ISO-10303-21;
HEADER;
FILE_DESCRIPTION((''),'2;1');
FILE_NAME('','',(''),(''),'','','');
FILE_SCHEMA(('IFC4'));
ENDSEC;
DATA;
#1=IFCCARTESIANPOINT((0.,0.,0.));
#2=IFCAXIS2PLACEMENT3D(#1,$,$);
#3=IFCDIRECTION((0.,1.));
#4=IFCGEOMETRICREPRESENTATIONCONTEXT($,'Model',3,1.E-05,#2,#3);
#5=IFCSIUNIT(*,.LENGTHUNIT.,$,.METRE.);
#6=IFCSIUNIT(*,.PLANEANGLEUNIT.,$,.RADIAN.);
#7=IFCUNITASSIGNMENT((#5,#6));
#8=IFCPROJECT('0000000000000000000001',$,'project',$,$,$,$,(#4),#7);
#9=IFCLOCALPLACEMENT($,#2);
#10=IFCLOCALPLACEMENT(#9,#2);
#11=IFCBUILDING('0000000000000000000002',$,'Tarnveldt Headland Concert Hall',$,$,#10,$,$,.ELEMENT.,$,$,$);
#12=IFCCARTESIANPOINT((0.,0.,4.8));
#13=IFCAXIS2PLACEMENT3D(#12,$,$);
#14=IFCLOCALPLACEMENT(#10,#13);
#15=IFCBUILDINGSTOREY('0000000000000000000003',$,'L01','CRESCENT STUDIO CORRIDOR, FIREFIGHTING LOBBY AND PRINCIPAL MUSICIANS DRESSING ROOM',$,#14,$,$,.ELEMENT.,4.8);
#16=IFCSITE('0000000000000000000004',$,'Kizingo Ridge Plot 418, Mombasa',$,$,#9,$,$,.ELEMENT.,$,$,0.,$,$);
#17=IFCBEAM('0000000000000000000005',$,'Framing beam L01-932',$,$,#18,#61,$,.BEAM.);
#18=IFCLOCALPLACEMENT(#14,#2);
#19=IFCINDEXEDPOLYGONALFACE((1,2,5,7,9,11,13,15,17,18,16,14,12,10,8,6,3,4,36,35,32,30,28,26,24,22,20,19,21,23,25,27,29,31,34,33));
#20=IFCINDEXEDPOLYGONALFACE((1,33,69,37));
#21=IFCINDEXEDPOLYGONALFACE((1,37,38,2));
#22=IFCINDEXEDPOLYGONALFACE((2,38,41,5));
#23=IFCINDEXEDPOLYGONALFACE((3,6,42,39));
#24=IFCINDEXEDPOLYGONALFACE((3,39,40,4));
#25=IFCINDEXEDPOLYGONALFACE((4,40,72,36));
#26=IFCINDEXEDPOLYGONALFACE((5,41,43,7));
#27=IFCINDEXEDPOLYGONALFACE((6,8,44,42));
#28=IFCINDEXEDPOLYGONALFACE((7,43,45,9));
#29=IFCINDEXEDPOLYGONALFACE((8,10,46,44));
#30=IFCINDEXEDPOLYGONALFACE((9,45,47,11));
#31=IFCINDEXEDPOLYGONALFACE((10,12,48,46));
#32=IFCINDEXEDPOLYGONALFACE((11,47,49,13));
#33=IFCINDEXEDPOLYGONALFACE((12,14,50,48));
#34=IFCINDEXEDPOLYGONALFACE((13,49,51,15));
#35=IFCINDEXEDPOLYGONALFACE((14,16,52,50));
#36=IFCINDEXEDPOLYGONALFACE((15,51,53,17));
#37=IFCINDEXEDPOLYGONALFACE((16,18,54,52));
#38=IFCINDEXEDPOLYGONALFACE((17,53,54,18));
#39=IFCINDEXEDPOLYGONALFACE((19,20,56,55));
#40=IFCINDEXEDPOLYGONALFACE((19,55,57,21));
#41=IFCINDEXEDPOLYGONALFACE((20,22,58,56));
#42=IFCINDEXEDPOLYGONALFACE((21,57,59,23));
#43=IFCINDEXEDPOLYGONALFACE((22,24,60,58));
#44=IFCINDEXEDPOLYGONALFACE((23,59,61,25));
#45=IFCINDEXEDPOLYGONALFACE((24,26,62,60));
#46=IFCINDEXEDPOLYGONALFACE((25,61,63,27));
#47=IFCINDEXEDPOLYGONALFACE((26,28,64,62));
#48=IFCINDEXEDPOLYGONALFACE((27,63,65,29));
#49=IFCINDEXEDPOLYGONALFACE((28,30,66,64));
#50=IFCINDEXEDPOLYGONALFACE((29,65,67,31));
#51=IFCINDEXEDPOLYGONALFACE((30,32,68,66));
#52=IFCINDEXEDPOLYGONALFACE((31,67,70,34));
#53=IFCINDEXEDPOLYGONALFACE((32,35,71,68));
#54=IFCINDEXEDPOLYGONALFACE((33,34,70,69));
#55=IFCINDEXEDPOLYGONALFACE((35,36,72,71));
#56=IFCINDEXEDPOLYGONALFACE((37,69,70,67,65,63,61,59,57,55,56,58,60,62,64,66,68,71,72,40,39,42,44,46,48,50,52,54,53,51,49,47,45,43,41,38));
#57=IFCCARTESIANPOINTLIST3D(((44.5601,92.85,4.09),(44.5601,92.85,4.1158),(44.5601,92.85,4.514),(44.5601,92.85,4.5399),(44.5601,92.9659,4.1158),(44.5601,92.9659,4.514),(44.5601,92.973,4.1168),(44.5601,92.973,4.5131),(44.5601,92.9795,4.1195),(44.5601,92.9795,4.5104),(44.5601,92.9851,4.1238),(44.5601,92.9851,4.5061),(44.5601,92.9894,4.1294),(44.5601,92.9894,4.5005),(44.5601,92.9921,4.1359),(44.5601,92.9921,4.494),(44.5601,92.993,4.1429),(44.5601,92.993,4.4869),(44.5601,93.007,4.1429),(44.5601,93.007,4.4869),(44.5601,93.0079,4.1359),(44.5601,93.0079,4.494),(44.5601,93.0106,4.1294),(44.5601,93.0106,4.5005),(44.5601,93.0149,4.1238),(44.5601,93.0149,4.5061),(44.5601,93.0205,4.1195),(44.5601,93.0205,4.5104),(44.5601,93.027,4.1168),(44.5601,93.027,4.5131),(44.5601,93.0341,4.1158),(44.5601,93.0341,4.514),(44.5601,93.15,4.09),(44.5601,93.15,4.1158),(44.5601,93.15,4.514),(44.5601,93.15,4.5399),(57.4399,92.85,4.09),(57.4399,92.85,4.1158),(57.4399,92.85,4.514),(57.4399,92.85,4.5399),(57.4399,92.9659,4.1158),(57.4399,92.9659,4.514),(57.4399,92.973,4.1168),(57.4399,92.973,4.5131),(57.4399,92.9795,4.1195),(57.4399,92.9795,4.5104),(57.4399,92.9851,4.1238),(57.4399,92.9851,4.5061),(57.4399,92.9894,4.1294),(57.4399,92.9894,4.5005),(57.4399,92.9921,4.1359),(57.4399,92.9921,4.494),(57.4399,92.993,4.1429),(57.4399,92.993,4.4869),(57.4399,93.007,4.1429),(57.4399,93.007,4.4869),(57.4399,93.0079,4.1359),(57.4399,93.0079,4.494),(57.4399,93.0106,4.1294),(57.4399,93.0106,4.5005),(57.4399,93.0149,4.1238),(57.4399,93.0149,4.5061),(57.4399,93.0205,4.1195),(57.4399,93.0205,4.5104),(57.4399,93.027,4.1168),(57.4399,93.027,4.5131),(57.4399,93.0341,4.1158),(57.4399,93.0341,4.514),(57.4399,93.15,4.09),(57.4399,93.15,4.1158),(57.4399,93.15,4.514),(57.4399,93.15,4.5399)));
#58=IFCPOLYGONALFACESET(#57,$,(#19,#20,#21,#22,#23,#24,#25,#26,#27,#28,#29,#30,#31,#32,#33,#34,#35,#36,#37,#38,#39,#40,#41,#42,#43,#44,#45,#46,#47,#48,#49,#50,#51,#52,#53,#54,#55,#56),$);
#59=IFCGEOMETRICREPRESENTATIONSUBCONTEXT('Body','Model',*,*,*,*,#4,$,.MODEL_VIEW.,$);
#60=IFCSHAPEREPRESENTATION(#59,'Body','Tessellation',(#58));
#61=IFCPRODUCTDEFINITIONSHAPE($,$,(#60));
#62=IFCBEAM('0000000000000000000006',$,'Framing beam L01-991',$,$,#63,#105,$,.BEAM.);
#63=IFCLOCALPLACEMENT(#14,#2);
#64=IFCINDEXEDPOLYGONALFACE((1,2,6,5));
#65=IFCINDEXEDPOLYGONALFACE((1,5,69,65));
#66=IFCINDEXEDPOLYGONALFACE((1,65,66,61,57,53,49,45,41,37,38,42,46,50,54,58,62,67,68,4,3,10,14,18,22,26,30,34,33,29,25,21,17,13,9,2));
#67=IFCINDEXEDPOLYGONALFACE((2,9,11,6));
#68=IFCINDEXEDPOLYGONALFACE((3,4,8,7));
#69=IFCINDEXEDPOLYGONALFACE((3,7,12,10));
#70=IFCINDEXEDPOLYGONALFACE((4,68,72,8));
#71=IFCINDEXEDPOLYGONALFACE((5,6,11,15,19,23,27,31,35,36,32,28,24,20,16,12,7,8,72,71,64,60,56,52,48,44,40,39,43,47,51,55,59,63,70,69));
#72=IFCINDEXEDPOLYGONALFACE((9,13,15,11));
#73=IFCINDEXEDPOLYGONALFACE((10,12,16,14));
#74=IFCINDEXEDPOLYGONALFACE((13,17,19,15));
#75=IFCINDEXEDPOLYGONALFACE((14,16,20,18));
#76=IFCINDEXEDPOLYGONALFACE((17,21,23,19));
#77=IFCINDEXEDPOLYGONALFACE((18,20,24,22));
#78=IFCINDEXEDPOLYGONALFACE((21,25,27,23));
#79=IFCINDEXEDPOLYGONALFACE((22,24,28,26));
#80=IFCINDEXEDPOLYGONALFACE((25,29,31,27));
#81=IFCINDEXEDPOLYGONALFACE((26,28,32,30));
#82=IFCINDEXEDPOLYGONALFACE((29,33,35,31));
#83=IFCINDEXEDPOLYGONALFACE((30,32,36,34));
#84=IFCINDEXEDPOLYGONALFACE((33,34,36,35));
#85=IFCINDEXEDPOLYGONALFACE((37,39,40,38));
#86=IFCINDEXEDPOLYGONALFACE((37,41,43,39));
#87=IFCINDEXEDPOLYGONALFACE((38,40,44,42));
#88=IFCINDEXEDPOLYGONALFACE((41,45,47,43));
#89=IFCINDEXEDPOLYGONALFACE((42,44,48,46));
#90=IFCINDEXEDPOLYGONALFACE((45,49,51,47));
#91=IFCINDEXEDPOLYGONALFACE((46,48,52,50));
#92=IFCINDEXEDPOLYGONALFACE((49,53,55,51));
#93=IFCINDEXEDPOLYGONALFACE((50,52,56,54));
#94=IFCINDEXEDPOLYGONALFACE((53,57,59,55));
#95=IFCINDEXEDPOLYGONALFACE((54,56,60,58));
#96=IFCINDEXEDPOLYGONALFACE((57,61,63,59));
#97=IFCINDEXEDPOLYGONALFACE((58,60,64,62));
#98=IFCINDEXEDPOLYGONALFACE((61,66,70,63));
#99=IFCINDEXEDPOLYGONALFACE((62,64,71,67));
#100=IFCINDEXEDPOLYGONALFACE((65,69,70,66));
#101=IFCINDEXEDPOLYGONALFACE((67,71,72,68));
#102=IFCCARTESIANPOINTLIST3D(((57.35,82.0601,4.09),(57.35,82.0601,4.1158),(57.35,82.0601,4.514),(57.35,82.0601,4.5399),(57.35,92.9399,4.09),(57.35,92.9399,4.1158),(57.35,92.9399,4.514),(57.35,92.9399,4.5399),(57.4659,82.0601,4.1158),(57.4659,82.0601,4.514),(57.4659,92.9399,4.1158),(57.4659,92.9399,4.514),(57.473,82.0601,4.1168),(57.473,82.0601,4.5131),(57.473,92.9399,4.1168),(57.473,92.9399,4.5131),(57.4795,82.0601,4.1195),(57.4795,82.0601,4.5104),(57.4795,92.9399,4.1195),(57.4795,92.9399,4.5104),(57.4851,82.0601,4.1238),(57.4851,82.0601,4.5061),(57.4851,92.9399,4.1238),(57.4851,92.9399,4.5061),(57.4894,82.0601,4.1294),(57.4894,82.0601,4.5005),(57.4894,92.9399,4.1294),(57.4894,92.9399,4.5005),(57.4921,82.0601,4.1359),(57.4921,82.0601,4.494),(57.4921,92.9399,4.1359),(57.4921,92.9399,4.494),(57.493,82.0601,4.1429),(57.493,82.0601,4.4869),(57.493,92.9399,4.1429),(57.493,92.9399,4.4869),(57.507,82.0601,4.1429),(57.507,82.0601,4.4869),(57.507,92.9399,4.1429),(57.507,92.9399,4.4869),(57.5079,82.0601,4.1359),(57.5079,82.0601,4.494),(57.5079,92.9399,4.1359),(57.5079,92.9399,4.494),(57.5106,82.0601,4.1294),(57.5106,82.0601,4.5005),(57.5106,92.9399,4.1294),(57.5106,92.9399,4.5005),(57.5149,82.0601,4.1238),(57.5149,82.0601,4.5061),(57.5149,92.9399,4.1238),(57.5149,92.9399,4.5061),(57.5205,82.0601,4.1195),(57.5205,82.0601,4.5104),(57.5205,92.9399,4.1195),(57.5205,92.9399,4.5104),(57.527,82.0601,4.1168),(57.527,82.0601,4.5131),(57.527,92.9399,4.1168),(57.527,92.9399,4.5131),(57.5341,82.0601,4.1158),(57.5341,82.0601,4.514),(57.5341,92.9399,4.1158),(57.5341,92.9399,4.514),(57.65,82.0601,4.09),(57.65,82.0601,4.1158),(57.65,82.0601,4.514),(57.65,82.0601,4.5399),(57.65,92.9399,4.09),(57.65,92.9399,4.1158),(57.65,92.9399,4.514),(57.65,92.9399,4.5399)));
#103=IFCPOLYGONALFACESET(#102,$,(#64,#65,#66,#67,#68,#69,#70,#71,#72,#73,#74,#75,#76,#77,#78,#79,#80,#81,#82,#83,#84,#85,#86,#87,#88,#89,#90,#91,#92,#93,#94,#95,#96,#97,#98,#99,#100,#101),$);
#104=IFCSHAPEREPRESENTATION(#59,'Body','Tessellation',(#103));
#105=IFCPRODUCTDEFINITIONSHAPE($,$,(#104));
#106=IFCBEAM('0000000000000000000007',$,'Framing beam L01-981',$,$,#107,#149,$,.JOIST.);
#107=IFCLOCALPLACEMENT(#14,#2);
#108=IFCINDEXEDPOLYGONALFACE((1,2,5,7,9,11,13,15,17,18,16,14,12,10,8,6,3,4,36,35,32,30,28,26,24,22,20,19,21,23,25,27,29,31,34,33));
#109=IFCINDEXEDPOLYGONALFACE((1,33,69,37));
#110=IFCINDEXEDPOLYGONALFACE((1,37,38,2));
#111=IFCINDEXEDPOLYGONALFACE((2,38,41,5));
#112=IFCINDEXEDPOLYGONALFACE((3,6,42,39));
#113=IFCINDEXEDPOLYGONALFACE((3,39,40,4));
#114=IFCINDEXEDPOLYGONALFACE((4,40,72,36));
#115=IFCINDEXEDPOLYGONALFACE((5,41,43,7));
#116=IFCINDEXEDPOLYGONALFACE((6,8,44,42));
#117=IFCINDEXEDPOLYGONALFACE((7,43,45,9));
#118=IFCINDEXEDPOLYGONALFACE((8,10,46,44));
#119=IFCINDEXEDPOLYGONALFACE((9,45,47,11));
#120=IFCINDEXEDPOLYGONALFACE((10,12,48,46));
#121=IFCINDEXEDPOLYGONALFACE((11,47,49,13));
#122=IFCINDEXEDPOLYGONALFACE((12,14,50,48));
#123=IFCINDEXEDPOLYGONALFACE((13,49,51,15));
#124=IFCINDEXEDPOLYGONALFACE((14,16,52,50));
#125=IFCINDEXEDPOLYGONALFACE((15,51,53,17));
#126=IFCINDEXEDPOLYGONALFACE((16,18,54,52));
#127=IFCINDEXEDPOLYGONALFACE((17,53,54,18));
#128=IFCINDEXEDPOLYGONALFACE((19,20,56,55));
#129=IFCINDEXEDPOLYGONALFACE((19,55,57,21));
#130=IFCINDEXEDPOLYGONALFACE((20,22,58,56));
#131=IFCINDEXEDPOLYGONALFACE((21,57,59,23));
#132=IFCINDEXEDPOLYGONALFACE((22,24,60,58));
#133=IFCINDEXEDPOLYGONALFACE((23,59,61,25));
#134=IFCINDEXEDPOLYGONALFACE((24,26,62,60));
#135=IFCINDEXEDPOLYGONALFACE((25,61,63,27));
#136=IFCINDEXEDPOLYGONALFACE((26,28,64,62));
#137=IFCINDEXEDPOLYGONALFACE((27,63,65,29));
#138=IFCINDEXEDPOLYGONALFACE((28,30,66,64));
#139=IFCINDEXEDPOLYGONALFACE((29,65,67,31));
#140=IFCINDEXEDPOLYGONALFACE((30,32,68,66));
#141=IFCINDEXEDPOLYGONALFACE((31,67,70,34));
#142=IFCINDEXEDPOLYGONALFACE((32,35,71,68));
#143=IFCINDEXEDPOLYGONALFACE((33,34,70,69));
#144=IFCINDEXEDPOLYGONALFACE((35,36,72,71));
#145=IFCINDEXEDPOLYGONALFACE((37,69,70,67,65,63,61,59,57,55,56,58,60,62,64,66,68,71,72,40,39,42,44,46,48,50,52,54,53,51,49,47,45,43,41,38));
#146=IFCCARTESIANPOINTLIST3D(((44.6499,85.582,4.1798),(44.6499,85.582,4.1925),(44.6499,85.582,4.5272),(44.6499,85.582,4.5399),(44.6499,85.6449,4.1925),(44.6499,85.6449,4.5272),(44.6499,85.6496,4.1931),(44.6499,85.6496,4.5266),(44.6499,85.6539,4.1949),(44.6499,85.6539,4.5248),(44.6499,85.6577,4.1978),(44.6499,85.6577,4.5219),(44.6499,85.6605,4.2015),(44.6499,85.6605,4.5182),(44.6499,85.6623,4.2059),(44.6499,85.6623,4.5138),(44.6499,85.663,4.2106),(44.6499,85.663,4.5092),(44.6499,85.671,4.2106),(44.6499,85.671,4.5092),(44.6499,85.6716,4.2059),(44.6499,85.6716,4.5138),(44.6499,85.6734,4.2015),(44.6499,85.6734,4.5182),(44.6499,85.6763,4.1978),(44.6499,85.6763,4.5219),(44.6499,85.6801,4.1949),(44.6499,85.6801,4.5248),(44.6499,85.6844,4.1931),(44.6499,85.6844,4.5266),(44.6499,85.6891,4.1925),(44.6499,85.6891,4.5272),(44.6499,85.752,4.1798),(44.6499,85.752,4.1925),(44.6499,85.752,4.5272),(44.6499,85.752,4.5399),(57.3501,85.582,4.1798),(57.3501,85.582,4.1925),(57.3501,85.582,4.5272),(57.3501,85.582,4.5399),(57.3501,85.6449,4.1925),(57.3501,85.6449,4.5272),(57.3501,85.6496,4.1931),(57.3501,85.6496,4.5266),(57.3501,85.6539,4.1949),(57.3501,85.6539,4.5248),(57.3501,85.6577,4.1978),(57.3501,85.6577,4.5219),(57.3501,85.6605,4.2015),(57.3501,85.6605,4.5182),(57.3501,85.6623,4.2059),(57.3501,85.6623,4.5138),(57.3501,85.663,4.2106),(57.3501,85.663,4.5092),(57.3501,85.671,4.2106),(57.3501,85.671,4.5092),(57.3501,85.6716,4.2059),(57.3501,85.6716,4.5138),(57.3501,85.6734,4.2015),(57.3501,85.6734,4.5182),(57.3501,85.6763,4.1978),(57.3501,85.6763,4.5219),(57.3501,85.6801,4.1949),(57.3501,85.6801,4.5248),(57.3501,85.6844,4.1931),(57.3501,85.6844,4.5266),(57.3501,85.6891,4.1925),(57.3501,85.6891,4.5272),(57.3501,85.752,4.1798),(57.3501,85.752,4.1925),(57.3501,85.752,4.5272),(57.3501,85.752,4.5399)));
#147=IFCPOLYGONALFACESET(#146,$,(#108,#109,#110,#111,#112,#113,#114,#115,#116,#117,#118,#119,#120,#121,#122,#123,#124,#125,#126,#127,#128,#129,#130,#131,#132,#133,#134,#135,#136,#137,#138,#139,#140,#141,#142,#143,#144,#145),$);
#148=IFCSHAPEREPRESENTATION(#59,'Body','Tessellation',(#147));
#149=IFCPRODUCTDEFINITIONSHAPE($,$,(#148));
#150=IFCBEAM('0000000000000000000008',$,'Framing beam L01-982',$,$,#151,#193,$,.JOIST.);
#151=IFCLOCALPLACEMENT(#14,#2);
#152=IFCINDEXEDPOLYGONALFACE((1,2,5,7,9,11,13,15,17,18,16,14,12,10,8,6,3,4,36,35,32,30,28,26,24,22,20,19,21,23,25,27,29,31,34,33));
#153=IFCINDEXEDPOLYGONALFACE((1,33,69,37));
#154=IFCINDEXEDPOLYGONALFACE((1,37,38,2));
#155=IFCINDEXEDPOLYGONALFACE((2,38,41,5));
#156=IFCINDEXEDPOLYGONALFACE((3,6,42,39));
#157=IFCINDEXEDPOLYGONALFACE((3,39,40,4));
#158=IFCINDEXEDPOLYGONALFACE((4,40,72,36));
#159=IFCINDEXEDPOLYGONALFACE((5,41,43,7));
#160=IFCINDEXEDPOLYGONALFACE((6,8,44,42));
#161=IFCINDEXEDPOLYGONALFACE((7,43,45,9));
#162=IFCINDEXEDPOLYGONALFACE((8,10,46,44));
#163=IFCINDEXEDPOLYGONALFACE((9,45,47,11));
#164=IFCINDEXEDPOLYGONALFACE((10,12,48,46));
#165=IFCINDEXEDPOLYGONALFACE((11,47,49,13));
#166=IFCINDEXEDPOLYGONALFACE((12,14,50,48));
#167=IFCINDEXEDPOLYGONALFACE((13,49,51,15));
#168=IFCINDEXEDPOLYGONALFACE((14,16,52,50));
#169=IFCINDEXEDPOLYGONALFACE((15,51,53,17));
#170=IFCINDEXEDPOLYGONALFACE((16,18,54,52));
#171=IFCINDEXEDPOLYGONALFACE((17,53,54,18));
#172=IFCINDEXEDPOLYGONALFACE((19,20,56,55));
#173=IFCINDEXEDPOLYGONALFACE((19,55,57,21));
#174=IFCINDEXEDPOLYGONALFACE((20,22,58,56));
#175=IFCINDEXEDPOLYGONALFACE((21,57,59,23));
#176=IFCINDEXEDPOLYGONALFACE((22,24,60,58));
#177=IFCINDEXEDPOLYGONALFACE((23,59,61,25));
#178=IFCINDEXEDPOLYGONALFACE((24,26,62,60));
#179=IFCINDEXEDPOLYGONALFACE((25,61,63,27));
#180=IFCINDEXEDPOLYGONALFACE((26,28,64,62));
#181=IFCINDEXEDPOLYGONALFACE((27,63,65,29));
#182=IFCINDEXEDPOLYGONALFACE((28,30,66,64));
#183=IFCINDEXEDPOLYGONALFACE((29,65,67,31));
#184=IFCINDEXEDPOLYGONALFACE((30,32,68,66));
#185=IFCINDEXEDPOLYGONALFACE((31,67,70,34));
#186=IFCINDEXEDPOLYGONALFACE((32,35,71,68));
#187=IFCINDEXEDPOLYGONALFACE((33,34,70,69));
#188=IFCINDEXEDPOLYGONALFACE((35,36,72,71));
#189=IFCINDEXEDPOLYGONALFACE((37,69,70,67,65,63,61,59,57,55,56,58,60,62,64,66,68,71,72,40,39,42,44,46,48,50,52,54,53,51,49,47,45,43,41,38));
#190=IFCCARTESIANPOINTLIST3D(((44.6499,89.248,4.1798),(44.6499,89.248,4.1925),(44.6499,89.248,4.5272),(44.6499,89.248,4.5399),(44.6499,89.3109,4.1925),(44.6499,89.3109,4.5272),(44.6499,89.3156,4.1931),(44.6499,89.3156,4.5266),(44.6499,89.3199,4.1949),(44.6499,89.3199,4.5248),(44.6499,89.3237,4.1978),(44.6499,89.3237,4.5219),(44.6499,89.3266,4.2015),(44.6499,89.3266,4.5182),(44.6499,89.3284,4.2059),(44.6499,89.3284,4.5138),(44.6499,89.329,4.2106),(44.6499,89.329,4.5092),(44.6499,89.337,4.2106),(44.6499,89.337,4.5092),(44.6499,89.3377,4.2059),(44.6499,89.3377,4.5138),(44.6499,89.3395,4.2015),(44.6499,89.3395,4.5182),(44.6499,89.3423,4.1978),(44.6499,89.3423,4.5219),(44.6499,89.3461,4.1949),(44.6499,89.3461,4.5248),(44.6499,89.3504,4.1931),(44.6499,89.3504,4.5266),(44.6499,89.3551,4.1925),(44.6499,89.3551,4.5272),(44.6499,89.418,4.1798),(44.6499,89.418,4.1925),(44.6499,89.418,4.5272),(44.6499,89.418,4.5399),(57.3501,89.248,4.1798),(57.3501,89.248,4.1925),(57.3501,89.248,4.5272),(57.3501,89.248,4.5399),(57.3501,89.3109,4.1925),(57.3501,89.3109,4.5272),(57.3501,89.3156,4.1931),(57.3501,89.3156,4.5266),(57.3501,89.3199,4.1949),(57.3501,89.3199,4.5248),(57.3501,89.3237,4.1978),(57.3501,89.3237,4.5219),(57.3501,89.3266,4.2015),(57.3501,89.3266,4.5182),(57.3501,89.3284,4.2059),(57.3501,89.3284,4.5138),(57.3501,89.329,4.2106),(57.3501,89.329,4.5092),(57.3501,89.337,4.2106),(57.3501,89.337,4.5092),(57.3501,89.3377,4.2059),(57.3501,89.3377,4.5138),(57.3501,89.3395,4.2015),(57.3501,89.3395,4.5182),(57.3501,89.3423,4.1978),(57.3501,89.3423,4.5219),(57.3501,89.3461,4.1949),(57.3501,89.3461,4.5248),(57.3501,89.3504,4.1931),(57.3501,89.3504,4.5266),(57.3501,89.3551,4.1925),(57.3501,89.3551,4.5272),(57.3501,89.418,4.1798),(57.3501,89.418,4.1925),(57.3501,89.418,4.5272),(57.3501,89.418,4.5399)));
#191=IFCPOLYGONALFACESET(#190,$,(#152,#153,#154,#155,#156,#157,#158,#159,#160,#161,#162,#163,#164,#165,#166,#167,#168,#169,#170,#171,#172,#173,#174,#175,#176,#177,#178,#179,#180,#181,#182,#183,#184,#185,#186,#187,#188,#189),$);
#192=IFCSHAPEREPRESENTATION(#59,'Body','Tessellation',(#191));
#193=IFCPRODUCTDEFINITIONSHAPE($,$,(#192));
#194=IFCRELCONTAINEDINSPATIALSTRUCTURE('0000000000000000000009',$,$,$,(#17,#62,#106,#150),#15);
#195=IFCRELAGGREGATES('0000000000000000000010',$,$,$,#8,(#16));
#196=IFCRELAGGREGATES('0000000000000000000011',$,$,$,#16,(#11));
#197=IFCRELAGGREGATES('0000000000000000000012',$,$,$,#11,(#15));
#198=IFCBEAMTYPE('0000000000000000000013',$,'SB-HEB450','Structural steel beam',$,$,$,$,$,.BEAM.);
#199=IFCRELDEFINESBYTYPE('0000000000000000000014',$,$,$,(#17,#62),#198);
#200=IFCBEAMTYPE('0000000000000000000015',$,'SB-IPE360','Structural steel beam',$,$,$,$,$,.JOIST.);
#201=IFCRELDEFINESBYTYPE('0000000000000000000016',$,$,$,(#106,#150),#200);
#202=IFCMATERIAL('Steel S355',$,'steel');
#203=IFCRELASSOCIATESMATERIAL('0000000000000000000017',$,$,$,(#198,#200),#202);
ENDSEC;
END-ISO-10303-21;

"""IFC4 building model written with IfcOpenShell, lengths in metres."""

from ifc_helpers import new_model, si_unit, direction, frame, origin, origin_2d, place, context, subcontext, project, spatial, i_section, extrude, material, material_profile, profile_set, type_object, element, save


model = new_model("IFC4")

# Units and contexts
model_context = context("Model", 3, precision=1e-05, world=origin(), true_north=direction((0.0, 1.0)))
body_context = subcontext(model_context, "Body", "Model", "MODEL_VIEW")
ifc_project = project(units=[si_unit("LENGTHUNIT", "METRE"), si_unit("PLANEANGLEUNIT", "RADIAN")], contexts=[model_context])

# Site, building, storey
site_placement = place(None, origin())
site = spatial("IfcSite", under=ifc_project, at=site_placement, Name="Kizingo Ridge Plot 418, Mombasa", CompositionType="ELEMENT", RefElevation=0.0)
building_placement = place(site_placement, origin())
building = spatial("IfcBuilding", under=site, at=building_placement, Name="Tarnveldt Headland Concert Hall", CompositionType="ELEMENT")
storey_placement = place(building_placement, frame((0.0, 0.0, 4.8)))
storey = spatial("IfcBuildingStorey", under=building, at=storey_placement, Name="L01", Description="CRESCENT STUDIO CORRIDOR, FIREFIGHTING LOBBY AND PRINCIPAL MUSICIANS DRESSING ROOM", CompositionType="ELEMENT", Elevation=4.8)

# Shared definitions
ifc_material_1 = material(Name="Steel S355", Category="steel")

# Beams
ifc_material_profile_1 = material_profile(ifc_material_1, i_section(OverallWidth=0.3, OverallDepth=0.45, WebThickness=0.0139, FlangeThickness=0.0259, FilletRadius=0.0271, at=origin_2d()), Name="HEB450", Category="steel")
ifc_profile_set_1 = profile_set([ifc_material_profile_1], Name="Steel S355")
beam_type_1 = type_object("IfcBeamType", Name="SB-HEB450", Description="Structural steel beam", PredefinedType="BEAM", material=ifc_profile_set_1)
for number, where, z_axis, x_axis, name in (
    (1, (44.5601, 93.0, 4.3149), (1.0, 0.0, 0.0), (0.0, 1.0, 0.0), "Framing beam L01-932"),
):
    element("IfcBeam", number, at=place(storey_placement, frame(where, z_axis=z_axis, x_axis=x_axis)), inside=storey, type_object=beam_type_1, Name=name, PredefinedType="BEAM", context=body_context, shape_type="SweptSolid", body=[
        extrude(i_section(OverallWidth=0.3, OverallDepth=0.45, WebThickness=0.0139, FlangeThickness=0.0259, FilletRadius=0.0271, at=origin_2d()), origin(), (0.0, 0.0, 1.0), 12.8799),
    ])
beam_placement = place(storey_placement, frame((57.5, 82.0601, 4.3149), z_axis=(0.0, 1.0, 0.0), x_axis=(-1.0, 0.0, 0.0)))
element("IfcBeam", 2, at=beam_placement, inside=storey, type_object=beam_type_1, Name="Framing beam L01-991", PredefinedType="BEAM", context=body_context, shape_type="SweptSolid", body=[
    extrude(i_section(OverallWidth=0.3, OverallDepth=0.45, WebThickness=0.0139, FlangeThickness=0.0259, FilletRadius=0.0271, at=origin_2d()), origin(), (0.0, 0.0, 1.0), 10.8799),
])
ifc_material_profile_2 = material_profile(ifc_material_1, i_section(OverallWidth=0.1699, OverallDepth=0.3601, WebThickness=0.0081, FlangeThickness=0.0127, FilletRadius=0.0181, at=origin_2d()), Name="IPE360", Category="steel")
ifc_profile_set_2 = profile_set([ifc_material_profile_2], Name="Steel S355")
beam_type_2 = type_object("IfcBeamType", Name="SB-IPE360", Description="Structural steel beam", PredefinedType="JOIST", material=ifc_profile_set_2)
for number, where, z_axis, x_axis, name in (
    (3, (44.6499, 85.667, 4.3599), (1.0, 0.0, 0.0), (0.0, 1.0, 0.0), "Framing beam L01-981"),
    (4, (44.6499, 89.333, 4.3599), (1.0, 0.0, 0.0), (0.0, 1.0, 0.0), "Framing beam L01-982"),
):
    element("IfcBeam", number, at=place(storey_placement, frame(where, z_axis=z_axis, x_axis=x_axis)), inside=storey, type_object=beam_type_2, Name=name, PredefinedType="JOIST", context=body_context, shape_type="SweptSolid", body=[
        extrude(i_section(OverallWidth=0.1699, OverallDepth=0.3601, WebThickness=0.0081, FlangeThickness=0.0127, FilletRadius=0.0181, at=origin_2d()), origin(), (0.0, 0.0, 1.0), 12.7002),
    ])

save(model, "model.ifc")
